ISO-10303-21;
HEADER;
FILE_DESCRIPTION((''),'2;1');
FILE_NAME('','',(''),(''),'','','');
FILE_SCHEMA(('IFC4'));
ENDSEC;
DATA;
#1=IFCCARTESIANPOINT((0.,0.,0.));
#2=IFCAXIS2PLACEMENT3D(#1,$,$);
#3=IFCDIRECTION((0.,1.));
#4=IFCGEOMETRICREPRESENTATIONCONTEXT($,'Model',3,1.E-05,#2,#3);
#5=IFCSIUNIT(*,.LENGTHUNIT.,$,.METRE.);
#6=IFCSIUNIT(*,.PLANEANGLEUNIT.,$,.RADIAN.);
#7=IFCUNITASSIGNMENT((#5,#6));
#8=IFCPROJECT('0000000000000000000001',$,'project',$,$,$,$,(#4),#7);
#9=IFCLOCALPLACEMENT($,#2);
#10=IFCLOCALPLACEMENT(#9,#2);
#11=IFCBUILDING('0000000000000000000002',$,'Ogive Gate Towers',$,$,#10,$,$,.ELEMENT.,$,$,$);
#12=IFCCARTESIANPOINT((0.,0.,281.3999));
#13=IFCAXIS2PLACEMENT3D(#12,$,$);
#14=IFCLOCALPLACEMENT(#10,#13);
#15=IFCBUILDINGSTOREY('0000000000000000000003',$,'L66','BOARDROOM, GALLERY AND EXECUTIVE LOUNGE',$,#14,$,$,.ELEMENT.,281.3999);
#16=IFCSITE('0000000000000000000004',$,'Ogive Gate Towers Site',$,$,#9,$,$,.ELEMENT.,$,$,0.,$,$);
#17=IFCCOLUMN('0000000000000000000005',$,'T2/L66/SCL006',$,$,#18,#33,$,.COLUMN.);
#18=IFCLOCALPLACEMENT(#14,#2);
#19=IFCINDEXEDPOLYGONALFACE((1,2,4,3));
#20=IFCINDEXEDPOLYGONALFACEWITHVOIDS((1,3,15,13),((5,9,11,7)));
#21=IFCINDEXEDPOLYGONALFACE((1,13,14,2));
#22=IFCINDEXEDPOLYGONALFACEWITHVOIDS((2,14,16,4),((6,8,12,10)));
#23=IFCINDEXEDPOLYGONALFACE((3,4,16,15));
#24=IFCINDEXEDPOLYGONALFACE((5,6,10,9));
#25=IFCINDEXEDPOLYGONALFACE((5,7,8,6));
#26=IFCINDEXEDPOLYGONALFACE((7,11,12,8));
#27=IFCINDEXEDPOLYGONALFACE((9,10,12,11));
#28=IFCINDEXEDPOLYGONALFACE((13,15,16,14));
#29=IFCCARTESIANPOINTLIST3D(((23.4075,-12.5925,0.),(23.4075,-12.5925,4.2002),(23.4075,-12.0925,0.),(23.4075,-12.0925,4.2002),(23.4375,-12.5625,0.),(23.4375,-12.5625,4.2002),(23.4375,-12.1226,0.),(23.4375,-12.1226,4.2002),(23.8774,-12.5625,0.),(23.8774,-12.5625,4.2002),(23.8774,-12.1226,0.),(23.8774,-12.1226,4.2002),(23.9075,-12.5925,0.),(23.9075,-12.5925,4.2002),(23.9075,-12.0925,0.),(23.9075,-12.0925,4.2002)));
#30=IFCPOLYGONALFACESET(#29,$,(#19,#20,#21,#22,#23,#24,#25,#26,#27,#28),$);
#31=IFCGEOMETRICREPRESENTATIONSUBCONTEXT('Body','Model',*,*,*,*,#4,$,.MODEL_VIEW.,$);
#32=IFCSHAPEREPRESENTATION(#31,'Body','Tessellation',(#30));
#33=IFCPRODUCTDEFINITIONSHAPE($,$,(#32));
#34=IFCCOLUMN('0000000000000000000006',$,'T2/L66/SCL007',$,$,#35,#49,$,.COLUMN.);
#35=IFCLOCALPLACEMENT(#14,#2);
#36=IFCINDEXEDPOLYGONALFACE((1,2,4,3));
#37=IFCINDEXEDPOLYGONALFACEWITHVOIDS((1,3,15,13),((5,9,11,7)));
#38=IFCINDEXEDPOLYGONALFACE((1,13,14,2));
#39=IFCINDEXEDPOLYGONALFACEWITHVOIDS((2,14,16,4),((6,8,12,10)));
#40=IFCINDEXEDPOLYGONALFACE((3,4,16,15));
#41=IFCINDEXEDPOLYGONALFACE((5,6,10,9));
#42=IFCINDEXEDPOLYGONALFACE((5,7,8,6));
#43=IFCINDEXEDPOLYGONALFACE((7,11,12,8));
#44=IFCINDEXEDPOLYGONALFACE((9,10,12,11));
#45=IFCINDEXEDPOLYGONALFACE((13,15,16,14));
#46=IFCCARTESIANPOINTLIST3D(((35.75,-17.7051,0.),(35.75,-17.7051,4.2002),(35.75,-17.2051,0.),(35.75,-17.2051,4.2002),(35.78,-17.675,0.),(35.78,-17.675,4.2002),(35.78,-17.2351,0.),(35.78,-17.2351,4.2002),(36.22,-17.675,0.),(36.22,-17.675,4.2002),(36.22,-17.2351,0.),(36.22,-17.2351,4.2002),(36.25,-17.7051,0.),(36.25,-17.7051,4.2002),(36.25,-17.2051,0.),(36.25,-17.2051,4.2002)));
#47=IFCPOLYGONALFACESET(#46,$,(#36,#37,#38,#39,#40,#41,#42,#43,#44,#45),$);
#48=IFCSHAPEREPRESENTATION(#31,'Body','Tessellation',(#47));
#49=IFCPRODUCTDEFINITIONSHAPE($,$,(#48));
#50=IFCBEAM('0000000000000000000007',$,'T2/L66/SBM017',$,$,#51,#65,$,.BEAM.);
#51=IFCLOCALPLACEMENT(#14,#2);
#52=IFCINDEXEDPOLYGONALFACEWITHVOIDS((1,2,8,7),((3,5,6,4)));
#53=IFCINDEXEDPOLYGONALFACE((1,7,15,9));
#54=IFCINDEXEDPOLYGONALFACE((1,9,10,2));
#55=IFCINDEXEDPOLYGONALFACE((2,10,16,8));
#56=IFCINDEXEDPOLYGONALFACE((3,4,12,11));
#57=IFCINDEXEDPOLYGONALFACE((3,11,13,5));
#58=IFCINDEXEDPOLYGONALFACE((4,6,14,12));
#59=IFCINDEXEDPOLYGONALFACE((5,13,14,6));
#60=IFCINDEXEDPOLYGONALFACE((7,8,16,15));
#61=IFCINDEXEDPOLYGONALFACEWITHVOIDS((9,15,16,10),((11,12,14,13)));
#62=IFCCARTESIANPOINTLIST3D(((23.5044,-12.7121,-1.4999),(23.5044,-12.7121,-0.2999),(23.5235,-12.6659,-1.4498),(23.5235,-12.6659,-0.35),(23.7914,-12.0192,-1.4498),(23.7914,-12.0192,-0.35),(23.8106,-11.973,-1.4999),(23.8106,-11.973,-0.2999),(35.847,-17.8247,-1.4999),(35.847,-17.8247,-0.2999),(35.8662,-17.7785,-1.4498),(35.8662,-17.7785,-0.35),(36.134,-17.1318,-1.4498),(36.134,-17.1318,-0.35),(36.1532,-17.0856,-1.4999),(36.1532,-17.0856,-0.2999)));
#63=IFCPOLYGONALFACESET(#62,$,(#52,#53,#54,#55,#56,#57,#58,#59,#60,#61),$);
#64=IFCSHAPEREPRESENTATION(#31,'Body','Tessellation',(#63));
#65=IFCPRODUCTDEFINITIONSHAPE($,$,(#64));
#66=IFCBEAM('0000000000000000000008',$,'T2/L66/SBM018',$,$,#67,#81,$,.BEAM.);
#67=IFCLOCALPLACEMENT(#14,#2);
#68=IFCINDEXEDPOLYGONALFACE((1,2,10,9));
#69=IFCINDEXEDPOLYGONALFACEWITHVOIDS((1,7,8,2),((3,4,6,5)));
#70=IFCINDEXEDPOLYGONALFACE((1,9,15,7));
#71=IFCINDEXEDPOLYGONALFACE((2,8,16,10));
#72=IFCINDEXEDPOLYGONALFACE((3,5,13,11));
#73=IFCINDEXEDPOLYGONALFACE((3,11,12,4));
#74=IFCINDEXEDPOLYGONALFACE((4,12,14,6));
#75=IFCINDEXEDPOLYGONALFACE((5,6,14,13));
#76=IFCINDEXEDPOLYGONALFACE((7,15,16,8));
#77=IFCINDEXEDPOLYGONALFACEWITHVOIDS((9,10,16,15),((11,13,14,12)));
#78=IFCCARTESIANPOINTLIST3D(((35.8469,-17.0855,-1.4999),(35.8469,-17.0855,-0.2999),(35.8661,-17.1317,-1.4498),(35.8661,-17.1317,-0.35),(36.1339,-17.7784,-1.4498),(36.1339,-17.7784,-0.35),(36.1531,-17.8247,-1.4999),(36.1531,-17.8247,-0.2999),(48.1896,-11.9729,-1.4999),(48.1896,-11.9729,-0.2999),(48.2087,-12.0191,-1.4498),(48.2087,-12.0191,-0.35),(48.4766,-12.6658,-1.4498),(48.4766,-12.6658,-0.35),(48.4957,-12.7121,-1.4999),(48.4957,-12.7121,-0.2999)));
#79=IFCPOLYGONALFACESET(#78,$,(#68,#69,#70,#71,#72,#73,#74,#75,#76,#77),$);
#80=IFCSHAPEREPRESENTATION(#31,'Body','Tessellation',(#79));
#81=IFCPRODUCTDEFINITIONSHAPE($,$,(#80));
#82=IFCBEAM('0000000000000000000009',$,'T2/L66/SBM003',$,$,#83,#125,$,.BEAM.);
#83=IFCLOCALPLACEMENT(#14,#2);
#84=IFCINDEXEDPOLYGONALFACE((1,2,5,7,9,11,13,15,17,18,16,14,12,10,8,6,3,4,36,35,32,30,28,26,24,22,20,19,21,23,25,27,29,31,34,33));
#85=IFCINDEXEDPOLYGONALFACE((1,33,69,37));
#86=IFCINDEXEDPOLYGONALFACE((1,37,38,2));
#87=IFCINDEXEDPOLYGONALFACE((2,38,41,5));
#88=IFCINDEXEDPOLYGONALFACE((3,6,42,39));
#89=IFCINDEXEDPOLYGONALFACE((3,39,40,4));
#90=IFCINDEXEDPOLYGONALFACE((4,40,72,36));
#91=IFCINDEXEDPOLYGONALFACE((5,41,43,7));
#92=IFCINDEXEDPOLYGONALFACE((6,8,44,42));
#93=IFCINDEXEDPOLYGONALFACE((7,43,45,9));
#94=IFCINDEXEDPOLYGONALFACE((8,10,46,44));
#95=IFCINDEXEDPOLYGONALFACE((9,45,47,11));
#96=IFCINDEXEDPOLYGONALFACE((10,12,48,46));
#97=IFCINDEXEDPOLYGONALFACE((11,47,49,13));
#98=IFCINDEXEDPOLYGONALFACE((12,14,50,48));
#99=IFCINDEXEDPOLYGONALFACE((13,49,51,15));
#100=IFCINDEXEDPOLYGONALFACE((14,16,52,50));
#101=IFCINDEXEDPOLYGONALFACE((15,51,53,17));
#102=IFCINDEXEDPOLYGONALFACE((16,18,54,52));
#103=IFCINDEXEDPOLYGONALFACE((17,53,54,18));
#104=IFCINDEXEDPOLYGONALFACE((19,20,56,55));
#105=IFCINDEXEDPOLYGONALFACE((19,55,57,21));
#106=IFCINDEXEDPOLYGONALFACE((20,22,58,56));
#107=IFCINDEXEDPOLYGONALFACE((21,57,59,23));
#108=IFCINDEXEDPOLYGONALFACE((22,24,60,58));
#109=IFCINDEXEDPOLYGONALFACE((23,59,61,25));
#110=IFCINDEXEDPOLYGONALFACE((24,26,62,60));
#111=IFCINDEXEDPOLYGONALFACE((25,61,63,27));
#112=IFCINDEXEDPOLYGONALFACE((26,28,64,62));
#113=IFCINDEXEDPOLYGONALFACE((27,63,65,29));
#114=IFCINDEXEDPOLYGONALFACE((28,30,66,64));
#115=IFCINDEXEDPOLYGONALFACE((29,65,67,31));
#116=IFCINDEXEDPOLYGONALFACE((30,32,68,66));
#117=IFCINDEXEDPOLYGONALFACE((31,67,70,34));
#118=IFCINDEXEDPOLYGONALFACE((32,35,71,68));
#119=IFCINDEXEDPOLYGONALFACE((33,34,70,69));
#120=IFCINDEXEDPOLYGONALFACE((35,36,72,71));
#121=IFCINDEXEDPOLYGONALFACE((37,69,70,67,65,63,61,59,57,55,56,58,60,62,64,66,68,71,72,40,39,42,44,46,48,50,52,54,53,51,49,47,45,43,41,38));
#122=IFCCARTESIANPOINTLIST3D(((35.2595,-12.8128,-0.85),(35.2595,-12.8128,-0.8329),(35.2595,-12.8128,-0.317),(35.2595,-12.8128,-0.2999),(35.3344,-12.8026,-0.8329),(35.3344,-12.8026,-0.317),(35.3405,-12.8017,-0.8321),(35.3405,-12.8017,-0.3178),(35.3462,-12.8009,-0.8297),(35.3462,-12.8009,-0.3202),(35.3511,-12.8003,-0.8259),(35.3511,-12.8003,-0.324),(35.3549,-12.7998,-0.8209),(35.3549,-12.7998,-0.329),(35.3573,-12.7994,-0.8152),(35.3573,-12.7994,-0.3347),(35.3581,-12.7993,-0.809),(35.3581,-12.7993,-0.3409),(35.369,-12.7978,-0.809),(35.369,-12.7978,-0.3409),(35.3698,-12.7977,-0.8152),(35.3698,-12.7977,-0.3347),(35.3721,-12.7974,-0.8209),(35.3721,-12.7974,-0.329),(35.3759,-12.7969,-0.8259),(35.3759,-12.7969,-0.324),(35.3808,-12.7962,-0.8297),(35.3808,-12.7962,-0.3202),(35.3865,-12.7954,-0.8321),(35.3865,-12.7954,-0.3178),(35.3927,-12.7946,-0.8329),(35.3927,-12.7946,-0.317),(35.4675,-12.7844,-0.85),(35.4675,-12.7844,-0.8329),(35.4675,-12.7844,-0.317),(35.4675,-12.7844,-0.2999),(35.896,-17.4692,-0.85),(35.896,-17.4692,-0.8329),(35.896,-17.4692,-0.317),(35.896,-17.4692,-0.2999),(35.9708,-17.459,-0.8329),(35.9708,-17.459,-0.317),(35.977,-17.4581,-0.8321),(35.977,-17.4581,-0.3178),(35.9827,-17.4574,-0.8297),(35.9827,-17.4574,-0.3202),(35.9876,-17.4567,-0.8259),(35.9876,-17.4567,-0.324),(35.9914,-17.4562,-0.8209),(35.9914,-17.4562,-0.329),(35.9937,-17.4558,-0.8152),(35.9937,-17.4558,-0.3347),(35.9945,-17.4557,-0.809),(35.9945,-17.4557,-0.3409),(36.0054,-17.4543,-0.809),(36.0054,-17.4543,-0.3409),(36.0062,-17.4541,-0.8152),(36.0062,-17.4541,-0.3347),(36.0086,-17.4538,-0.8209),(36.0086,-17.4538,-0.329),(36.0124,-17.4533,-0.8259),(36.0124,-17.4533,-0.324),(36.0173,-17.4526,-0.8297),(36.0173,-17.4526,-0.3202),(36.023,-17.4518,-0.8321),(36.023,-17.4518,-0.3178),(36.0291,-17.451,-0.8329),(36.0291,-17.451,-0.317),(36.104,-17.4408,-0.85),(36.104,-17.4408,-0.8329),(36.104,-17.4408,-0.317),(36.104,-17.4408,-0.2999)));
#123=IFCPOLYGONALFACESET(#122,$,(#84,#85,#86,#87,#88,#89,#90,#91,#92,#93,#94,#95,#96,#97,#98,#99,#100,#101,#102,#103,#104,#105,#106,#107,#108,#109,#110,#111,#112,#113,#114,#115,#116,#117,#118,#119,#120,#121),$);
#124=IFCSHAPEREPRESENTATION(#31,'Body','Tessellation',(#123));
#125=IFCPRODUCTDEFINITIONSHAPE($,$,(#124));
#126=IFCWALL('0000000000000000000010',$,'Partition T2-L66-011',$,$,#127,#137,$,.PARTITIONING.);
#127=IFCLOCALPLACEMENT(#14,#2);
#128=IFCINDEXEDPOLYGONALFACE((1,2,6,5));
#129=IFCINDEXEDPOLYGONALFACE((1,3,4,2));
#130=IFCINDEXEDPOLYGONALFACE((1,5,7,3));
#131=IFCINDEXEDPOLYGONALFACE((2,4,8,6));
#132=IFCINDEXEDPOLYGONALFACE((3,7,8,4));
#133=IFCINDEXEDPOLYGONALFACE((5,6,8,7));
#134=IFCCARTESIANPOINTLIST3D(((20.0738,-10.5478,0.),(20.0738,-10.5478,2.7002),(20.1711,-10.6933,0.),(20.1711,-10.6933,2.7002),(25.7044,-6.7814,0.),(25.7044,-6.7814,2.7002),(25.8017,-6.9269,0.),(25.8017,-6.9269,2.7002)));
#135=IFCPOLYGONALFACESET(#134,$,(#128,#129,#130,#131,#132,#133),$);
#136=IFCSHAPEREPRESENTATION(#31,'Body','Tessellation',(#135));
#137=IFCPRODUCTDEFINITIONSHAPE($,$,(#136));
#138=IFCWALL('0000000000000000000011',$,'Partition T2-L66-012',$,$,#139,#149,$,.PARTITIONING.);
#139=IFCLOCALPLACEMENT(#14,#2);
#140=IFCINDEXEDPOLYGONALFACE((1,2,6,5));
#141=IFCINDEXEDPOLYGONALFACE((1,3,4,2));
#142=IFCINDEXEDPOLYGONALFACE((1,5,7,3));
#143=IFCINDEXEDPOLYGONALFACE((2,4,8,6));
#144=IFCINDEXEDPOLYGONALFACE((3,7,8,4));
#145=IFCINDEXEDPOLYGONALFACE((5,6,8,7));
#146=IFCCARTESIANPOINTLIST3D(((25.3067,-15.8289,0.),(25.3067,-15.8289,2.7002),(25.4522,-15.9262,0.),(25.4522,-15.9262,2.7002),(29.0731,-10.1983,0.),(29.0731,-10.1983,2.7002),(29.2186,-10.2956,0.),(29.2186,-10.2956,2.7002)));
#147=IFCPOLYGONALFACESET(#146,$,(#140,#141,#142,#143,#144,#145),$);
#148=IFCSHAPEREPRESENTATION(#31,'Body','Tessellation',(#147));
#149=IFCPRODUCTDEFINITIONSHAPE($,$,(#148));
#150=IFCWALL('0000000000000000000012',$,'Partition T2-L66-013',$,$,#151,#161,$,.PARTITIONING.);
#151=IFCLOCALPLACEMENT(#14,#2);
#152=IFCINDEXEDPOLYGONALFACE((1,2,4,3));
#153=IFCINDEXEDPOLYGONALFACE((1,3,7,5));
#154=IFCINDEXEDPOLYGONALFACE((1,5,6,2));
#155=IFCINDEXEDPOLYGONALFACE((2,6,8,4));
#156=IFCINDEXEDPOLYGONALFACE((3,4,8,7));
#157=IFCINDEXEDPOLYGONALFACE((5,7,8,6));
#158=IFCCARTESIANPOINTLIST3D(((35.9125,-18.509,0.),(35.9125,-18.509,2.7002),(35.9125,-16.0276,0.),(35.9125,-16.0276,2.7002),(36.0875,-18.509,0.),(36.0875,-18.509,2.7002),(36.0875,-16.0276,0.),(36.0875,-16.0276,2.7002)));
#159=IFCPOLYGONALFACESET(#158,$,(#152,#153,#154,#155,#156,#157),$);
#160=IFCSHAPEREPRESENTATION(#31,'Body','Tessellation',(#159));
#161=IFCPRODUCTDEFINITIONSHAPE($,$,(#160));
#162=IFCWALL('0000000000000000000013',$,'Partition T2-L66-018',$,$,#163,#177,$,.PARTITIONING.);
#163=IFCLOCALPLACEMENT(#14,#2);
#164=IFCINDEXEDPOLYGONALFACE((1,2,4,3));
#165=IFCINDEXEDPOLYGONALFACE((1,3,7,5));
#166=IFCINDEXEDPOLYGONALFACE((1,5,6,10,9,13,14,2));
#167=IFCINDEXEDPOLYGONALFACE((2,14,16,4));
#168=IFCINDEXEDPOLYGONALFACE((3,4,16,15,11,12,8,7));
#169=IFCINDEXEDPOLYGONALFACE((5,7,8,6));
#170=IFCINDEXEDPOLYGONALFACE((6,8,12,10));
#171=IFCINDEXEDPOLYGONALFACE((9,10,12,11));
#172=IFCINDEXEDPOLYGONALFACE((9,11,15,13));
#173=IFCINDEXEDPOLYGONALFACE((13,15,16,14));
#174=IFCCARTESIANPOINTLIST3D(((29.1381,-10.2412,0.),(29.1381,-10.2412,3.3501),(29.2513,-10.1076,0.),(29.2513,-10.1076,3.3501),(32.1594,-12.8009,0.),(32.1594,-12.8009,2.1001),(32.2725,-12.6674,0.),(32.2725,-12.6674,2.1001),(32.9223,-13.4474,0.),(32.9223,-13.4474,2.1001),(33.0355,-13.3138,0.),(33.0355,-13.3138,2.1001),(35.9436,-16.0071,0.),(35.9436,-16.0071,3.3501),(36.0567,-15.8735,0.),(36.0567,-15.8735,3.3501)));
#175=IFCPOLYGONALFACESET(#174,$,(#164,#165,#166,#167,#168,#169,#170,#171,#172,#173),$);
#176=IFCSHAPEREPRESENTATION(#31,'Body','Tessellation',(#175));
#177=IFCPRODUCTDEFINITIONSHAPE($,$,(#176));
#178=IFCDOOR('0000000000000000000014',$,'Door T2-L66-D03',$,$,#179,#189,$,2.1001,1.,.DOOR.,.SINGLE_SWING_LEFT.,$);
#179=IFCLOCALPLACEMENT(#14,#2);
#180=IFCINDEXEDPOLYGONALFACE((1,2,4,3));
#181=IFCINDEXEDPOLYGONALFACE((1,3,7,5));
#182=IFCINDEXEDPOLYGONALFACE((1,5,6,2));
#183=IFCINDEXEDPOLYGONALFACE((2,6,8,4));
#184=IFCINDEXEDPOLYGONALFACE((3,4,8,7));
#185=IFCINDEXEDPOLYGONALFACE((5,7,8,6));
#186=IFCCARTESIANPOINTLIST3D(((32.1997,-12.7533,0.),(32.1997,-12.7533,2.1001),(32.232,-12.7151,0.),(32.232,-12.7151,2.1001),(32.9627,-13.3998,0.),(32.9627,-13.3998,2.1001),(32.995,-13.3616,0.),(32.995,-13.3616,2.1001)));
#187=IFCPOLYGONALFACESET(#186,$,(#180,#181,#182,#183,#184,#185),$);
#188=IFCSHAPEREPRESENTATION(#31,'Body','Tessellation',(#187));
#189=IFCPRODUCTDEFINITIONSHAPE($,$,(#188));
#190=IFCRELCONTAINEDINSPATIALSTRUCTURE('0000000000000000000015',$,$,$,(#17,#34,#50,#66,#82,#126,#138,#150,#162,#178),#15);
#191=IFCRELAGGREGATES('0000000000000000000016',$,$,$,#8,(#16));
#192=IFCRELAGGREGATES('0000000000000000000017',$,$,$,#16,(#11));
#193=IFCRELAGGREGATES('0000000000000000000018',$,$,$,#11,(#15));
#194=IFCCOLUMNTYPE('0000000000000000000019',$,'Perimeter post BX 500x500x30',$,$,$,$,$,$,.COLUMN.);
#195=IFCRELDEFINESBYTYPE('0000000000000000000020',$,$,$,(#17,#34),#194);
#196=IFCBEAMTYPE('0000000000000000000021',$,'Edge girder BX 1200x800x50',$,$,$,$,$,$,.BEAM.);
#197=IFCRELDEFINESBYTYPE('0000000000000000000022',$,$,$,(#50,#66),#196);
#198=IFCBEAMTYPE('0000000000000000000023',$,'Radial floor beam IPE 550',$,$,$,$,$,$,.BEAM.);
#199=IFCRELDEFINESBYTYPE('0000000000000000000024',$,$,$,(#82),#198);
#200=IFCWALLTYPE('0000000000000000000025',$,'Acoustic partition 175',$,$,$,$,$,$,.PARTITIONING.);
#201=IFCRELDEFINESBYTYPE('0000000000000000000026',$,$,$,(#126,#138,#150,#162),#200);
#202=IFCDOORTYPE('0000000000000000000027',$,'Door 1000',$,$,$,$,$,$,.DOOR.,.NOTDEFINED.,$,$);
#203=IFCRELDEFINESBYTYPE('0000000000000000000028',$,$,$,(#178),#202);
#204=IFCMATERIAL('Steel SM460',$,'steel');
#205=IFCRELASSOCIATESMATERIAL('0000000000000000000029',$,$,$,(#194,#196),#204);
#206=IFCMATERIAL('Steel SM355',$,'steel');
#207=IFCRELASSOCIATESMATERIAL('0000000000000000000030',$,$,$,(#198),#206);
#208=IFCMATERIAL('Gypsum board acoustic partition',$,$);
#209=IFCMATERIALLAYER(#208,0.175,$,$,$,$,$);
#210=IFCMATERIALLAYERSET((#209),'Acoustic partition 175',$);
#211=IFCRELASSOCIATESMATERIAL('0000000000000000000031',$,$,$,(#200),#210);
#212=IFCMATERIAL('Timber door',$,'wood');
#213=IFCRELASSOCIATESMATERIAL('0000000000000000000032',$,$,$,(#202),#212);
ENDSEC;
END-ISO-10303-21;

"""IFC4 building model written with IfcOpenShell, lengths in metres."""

from ifc_helpers import new_model, si_unit, direction, frame, frame_2d, origin, origin_2d, place, context, subcontext, project, spatial, rectangle, hollow_rectangle, i_section, extrude, material, layer, layer_set, material_profile, profile_set, type_object, element, fill, save


model = new_model("IFC4")

# Units and contexts
model_context = context("Model", 3, precision=1e-05, world=origin(), true_north=direction((0.0, 1.0)))
body_context = subcontext(model_context, "Body", "Model", "MODEL_VIEW")
ifc_project = project(units=[si_unit("LENGTHUNIT", "METRE"), si_unit("PLANEANGLEUNIT", "RADIAN")], contexts=[model_context])

# Site, building, storey
site_placement = place(None, origin())
site = spatial("IfcSite", under=ifc_project, at=site_placement, Name="Ogive Gate Towers Site", CompositionType="ELEMENT", RefElevation=0.0)
building_placement = place(site_placement, origin())
building = spatial("IfcBuilding", under=site, at=building_placement, Name="Ogive Gate Towers", CompositionType="ELEMENT")
storey_placement = place(building_placement, frame((0.0, 0.0, 281.3999)))
storey = spatial("IfcBuildingStorey", under=building, at=storey_placement, Name="L66", Description="BOARDROOM, GALLERY AND EXECUTIVE LOUNGE", CompositionType="ELEMENT", Elevation=281.3999)

# Columns
ifc_material_1 = material(Name="Steel SM460", Category="steel")
ifc_material_profile_1 = material_profile(ifc_material_1, hollow_rectangle(XDim=0.5, YDim=0.5, WallThickness=0.03, at=origin_2d()), Name="BX 500x500x30")
ifc_profile_set_1 = profile_set([ifc_material_profile_1], Name="Steel SM460")
column_type = type_object("IfcColumnType", Name="Perimeter post BX 500x500x30", PredefinedType="COLUMN", material=ifc_profile_set_1)
for number, where, z_axis, x_axis, name in (
    (1, (23.6575, -12.3425, 0.0), (0.0, 0.0, 1.0), (1.0, 0.0, 0.0), "T2/L66/SCL006"),
    (2, (36.0, -17.4551, 0.0), (0.0, 0.0, 1.0), (1.0, 0.0, 0.0), "T2/L66/SCL007"),
):
    element("IfcColumn", number, at=place(storey_placement, frame(where, z_axis=z_axis, x_axis=x_axis)), inside=storey, type_object=column_type, Name=name, PredefinedType="COLUMN", context=body_context, shape_type="SweptSolid", body=[
        extrude(hollow_rectangle(XDim=0.5, YDim=0.5, WallThickness=0.03, at=origin_2d()), origin(), (0.0, 0.0, 1.0), 4.2002),
    ])

# Beams
ifc_material_profile_2 = material_profile(ifc_material_1, hollow_rectangle(XDim=0.8, YDim=1.2, WallThickness=0.05, at=origin_2d()), Name="BX 1200x800x50")
ifc_profile_set_2 = profile_set([ifc_material_profile_2], Name="Steel SM460")
beam_type_1 = type_object("IfcBeamType", Name="Edge girder BX 1200x800x50", PredefinedType="BEAM", material=ifc_profile_set_2)
for number, where, z_axis, x_axis, name in (
    (3, (23.6575, -12.3425, -0.8999), (0.923877, -0.38269, 0.0), (0.38269, 0.923877, 0.0), "T2/L66/SBM017"),
    (4, (36.0, -17.4551, -0.8999), (0.923877, 0.38269, 0.0), (-0.38269, 0.923877, 0.0), "T2/L66/SBM018"),
):
    element("IfcBeam", number, at=place(storey_placement, frame(where, z_axis=z_axis, x_axis=x_axis)), inside=storey, type_object=beam_type_1, Name=name, PredefinedType="BEAM", context=body_context, shape_type="SweptSolid", body=[
        extrude(hollow_rectangle(XDim=0.8, YDim=1.2, WallThickness=0.05, at=origin_2d()), origin(), (0.0, 0.0, 1.0), 13.3596),
    ])
ifc_material_2 = material(Name="Steel SM355", Category="steel")
ifc_material_profile_3 = material_profile(ifc_material_2, i_section(OverallWidth=0.21, OverallDepth=0.55, WebThickness=0.011, FlangeThickness=0.0171, FilletRadius=0.0239, at=origin_2d()), Name="IPE 550")
ifc_profile_set_3 = profile_set([ifc_material_profile_3], Name="Steel SM355")
beam_type_2 = type_object("IfcBeamType", Name="Radial floor beam IPE 550", PredefinedType="BEAM", material=ifc_profile_set_3)
beam_placement = place(storey_placement, frame((35.3635, -12.7986, -0.575), z_axis=(0.135426, -0.990787, 0.0), x_axis=(0.990787, 0.135426, 0.0)))
element("IfcBeam", 5, at=beam_placement, inside=storey, type_object=beam_type_2, Name="T2/L66/SBM003", PredefinedType="BEAM", context=body_context, shape_type="SweptSolid", body=[
    extrude(i_section(OverallWidth=0.21, OverallDepth=0.55, WebThickness=0.011, FlangeThickness=0.0171, FilletRadius=0.0239, at=origin_2d()), origin(), (0.0, 0.0, 1.0), 4.6997),
])

# Walls
ifc_material_3 = material(Name="Gypsum board acoustic partition")
ifc_layer_1 = layer(ifc_material_3, 0.175)
ifc_layer_set_1 = layer_set([ifc_layer_1], Name="Acoustic partition 175")
wall_type_1 = type_object("IfcWallType", Name="Acoustic partition 175", PredefinedType="PARTITIONING", material=ifc_layer_set_1)
for number, where, z_axis, x_axis, name in (
    (6, (20.1223, -10.6206, 0.0), (0.0, 0.0, 1.0), (0.83119, 0.555989, 0.0), "Partition T2-L66-011"),
    (7, (25.3794, -15.8777, 0.0), (0.0, 0.0, 1.0), (0.555989, 0.83119, 0.0), "Partition T2-L66-012"),
):
    element("IfcWall", number, at=place(storey_placement, frame(where, z_axis=z_axis, x_axis=x_axis)), inside=storey, type_object=wall_type_1, Name=name, PredefinedType="PARTITIONING", context=body_context, shape_type="SweptSolid", body=[
        extrude(rectangle(XDim=6.7742, YDim=0.175, at=frame_2d((3.3872, 0.0))), origin(), (0.0, 0.0, 1.0), 2.7002),
    ])
wall_1_placement = place(storey_placement, frame((36.0, -18.509, 0.0), z_axis=(0.0, 0.0, 1.0), x_axis=(0.0, 1.0, 0.0)))
element("IfcWall", 8, at=wall_1_placement, inside=storey, type_object=wall_type_1, Name="Partition T2-L66-013", PredefinedType="PARTITIONING", context=body_context, shape_type="SweptSolid", body=[
    extrude(rectangle(XDim=2.4814, YDim=0.175, at=frame_2d((1.2407, 0.0))), origin(), (0.0, 0.0, 1.0), 2.7002),
])

# Wall, opening, door
wall_2_placement = place(storey_placement, frame((29.1946, -10.1743, 0.0), z_axis=(0.0, 0.0, 1.0), x_axis=(0.762975, -0.646428, 0.0)))
wall_2 = element("IfcWall", 9, at=wall_2_placement, inside=storey, type_object=wall_type_1, Name="Partition T2-L66-018", PredefinedType="PARTITIONING", context=body_context, shape_type="SweptSolid", body=[
    extrude(rectangle(XDim=8.9197, YDim=0.175, at=frame_2d((4.46, 0.0))), origin(), (0.0, 0.0, 1.0), 3.3501),
])
opening_1_placement = place(wall_2_placement, frame((3.96, 0.0, 0.0)))
opening_1 = element("IfcOpeningElement", 10, at=opening_1_placement, cuts=wall_2, PredefinedType="OPENING", context=body_context, shape_type="SweptSolid", body=[
    extrude(rectangle(XDim=1.0, YDim=2.1001, at=frame_2d((0.5, 1.05))), frame((0.0, 0.0977, 0.0), z_axis=(0.0, -1.0, 0.0), x_axis=(1.0, 0.0, 0.0)), (0.0, 0.0, 1.0), 0.1951),
])
ifc_material_4 = material(Name="Timber door", Category="wood")
door_type_1 = type_object("IfcDoorType", Name="Door 1000", OperationType="NOTDEFINED", PredefinedType="DOOR", material=ifc_material_4)
door_1_placement = place(opening_1_placement, origin())
door_1 = element("IfcDoor", 11, at=door_1_placement, inside=storey, type_object=door_type_1, Name="Door T2-L66-D03", OperationType="SINGLE_SWING_LEFT", OverallHeight=2.1001, OverallWidth=1.0, PredefinedType="DOOR", context=body_context, shape_type="SweptSolid", body=[
    extrude(rectangle(XDim=1.0, YDim=2.1001, at=frame_2d((0.5, 1.05))), frame((0.0, 0.0249, 0.0), z_axis=(0.0, -1.0, 0.0), x_axis=(1.0, 0.0, 0.0)), (0.0, 0.0, 1.0), 0.05),
])
fill(opening_1, door_1)

save(model, "model.ifc")
